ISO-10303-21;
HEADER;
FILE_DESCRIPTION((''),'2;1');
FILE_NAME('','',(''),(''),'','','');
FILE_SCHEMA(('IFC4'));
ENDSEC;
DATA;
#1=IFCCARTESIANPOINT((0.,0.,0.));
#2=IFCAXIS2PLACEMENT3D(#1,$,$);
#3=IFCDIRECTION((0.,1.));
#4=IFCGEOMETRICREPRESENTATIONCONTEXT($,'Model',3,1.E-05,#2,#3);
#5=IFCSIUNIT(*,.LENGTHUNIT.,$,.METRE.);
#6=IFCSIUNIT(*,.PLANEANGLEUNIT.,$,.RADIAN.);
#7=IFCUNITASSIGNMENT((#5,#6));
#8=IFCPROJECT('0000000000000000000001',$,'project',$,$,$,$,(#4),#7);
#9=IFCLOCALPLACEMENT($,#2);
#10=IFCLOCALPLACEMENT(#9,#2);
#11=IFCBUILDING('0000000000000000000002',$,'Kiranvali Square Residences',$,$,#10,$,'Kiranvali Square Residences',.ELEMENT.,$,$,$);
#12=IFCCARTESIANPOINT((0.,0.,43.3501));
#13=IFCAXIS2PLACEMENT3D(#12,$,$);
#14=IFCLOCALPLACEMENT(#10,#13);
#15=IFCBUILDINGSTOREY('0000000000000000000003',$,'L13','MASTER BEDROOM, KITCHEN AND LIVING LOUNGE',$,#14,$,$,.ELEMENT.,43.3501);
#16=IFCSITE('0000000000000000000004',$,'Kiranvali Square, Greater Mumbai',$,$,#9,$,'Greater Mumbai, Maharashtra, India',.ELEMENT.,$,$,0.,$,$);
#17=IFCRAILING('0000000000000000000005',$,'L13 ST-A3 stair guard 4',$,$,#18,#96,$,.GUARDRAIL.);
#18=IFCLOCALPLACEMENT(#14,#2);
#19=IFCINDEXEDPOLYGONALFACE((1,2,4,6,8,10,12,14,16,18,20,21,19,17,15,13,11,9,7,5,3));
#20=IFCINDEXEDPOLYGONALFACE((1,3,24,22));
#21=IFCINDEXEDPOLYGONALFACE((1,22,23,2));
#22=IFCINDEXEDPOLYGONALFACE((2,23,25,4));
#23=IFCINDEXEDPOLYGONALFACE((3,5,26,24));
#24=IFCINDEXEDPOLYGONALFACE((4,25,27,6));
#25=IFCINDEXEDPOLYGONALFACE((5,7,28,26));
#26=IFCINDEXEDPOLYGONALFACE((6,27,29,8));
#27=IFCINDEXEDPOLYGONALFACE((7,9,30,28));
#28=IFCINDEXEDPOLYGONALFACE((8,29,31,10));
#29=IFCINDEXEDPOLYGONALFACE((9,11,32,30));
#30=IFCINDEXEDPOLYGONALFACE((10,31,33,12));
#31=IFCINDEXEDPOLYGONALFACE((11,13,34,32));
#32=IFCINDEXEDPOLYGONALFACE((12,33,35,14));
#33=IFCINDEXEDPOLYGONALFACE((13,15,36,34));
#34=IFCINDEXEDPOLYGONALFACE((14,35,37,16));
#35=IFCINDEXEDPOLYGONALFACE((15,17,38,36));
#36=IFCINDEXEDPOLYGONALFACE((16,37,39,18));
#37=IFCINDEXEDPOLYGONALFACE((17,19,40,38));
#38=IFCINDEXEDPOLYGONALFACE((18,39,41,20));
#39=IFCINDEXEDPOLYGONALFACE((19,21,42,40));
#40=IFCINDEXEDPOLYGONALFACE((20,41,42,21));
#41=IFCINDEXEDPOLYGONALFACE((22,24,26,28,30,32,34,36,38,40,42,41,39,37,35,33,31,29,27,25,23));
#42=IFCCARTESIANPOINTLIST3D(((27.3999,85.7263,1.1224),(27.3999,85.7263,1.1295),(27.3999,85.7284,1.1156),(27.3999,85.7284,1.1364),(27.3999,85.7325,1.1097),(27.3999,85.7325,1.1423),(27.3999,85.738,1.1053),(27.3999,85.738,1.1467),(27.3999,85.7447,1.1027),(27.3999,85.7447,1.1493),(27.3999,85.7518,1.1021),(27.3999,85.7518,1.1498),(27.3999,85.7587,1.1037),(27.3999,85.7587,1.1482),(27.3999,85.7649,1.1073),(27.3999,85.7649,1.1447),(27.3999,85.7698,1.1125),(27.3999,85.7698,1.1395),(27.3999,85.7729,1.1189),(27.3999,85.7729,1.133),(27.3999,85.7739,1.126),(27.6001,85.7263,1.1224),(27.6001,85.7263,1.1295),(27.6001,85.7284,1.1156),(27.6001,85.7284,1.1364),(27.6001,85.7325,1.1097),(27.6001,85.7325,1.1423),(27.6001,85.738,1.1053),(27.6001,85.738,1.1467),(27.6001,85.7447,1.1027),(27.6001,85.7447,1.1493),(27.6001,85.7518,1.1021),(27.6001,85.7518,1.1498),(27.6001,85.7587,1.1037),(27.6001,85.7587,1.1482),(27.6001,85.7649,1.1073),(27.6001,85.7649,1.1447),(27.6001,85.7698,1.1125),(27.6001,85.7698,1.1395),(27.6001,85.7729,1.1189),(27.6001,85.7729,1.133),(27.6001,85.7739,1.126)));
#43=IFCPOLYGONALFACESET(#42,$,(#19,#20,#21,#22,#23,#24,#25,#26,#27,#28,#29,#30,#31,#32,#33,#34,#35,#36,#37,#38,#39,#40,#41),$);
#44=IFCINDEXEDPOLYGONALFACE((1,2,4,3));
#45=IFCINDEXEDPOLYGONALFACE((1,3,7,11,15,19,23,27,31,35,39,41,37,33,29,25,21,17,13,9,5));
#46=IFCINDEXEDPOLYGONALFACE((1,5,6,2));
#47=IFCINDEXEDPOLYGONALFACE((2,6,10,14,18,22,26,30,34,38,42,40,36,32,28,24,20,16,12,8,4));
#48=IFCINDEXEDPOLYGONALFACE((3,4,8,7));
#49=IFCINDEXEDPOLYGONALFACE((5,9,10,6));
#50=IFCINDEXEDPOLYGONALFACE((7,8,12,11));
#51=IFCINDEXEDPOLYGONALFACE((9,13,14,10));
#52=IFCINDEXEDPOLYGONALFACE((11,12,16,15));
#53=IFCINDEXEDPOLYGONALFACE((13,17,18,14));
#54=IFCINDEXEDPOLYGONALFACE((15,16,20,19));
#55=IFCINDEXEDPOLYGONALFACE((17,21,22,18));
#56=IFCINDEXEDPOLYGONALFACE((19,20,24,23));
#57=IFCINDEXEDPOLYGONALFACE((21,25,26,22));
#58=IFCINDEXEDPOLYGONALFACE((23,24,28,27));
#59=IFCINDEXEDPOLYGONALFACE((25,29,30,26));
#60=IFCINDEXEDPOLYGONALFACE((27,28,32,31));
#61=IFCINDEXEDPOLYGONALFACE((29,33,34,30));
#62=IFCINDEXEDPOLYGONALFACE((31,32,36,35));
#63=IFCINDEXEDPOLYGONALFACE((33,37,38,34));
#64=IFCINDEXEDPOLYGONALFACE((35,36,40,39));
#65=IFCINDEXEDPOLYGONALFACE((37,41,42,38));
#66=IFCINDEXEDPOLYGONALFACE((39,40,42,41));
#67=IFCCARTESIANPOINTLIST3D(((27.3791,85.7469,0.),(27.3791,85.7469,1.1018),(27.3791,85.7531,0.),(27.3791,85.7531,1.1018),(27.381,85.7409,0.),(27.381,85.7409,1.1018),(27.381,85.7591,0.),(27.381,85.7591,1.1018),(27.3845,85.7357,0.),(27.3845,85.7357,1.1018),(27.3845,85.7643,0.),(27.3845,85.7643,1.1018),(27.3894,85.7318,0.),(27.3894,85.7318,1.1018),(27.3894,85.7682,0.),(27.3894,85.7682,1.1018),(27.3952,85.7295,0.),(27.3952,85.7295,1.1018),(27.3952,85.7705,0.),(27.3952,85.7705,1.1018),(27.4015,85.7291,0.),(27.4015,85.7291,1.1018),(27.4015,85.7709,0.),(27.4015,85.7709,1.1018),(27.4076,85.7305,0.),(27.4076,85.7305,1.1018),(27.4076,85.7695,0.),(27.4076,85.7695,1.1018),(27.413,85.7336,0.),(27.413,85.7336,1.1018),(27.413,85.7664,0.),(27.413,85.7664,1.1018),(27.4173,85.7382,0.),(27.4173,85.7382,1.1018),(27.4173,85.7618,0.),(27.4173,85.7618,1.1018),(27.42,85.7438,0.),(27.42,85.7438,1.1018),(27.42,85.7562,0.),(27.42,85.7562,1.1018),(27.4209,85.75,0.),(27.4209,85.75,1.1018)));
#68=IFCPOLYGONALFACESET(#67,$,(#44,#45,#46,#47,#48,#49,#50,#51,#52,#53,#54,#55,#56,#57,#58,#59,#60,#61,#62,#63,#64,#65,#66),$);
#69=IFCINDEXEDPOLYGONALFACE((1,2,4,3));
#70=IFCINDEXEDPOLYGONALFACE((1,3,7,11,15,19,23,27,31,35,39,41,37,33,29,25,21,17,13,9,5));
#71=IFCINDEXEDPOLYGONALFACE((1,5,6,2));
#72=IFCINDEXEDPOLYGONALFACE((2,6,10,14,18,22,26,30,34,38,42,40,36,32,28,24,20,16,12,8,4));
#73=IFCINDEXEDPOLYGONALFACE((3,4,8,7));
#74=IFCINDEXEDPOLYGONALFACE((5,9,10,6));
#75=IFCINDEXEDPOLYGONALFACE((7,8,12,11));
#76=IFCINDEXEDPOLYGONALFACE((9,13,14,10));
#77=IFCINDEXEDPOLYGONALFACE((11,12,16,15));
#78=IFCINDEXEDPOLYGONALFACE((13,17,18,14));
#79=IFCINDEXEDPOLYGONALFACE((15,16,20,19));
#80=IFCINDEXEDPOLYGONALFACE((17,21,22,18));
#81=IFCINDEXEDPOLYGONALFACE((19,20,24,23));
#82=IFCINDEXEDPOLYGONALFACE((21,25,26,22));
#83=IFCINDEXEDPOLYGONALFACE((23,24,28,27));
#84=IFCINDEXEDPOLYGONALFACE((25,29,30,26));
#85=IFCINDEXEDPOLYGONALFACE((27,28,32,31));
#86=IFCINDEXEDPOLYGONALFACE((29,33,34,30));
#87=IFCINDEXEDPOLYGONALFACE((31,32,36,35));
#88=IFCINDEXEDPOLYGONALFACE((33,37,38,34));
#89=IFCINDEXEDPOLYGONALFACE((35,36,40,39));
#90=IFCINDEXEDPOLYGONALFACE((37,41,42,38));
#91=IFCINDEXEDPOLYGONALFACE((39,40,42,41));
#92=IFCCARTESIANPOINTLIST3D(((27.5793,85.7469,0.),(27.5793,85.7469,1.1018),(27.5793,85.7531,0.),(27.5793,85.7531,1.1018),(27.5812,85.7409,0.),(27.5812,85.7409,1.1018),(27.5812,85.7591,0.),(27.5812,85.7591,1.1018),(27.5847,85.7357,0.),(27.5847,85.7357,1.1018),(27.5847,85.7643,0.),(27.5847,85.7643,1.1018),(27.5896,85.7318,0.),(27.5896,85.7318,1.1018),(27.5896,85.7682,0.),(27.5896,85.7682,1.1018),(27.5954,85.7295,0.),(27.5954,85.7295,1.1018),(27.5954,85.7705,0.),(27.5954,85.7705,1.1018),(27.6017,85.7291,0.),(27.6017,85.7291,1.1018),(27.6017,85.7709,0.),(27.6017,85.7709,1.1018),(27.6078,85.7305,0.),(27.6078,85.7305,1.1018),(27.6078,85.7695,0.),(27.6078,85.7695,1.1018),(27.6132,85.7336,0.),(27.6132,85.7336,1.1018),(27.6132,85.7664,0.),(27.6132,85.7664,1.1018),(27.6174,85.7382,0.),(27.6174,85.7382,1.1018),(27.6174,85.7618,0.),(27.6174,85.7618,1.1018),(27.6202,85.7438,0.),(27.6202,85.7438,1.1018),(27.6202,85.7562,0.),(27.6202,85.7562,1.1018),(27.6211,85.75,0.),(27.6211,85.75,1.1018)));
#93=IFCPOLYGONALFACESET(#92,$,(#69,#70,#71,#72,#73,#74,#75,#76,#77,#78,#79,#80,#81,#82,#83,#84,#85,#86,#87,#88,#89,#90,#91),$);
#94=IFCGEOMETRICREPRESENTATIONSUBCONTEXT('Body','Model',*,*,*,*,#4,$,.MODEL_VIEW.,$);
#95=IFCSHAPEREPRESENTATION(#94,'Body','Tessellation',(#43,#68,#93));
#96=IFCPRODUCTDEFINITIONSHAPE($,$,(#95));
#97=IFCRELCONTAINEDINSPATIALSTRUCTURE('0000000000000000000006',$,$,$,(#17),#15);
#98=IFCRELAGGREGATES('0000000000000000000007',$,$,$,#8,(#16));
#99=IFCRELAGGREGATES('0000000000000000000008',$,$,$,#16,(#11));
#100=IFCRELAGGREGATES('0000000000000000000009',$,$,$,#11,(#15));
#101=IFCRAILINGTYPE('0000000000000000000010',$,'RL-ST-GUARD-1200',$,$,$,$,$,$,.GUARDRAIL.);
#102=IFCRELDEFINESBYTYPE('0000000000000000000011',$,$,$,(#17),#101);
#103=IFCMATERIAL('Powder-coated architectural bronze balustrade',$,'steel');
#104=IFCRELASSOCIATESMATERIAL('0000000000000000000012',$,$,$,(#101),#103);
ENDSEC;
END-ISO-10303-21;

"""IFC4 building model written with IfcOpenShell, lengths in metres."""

from ifc_helpers import new_model, si_unit, direction, frame, origin, origin_2d, place, context, subcontext, project, spatial, circle, extrude, material, type_object, element, save


model = new_model("IFC4")

# Units and contexts
model_context = context("Model", 3, precision=1e-05, world=origin(), true_north=direction((0.0, 1.0)))
body_context = subcontext(model_context, "Body", "Model", "MODEL_VIEW")
ifc_project = project(units=[si_unit("LENGTHUNIT", "METRE"), si_unit("PLANEANGLEUNIT", "RADIAN")], contexts=[model_context])

# Site, building, storey
site_placement = place(None, origin())
site = spatial("IfcSite", under=ifc_project, at=site_placement, Name="Kiranvali Square, Greater Mumbai", LongName="Greater Mumbai, Maharashtra, India", CompositionType="ELEMENT", RefElevation=0.0)
building_placement = place(site_placement, origin())
building = spatial("IfcBuilding", under=site, at=building_placement, Name="Kiranvali Square Residences", LongName="Kiranvali Square Residences", CompositionType="ELEMENT")
storey_placement = place(building_placement, frame((0.0, 0.0, 43.3501)))
storey = spatial("IfcBuildingStorey", under=building, at=storey_placement, Name="L13", Description="MASTER BEDROOM, KITCHEN AND LIVING LOUNGE", CompositionType="ELEMENT", Elevation=43.3501)

# Railing
ifc_material_1 = material(Name="Powder-coated architectural bronze balustrade", Category="steel")
railing_type_1 = type_object("IfcRailingType", Name="RL-ST-GUARD-1200", PredefinedType="GUARDRAIL", material=ifc_material_1)
railing_1_placement = place(storey_placement, frame((27.3999, 85.75, 0.0)))
element("IfcRailing", 1, at=railing_1_placement, inside=storey, type_object=railing_type_1, Name="L13 ST-A3 stair guard 4", PredefinedType="GUARDRAIL", context=body_context, shape_type="SweptSolid", body=[
    extrude(circle(Radius=0.0239, at=origin_2d()), frame((0.0, 0.0, 1.126), z_axis=(1.0, 0.0, 0.0), x_axis=(0.0, 1.0, 0.0)), (0.0, 0.0, 1.0), 0.2002),
    extrude(circle(Radius=0.021, at=origin_2d()), origin(), (0.0, 0.0, 1.0), 1.1018),
    extrude(circle(Radius=0.021, at=origin_2d()), frame((0.2002, 0.0, 0.0)), (0.0, 0.0, 1.0), 1.1018),
])

save(model, "model.ifc")
